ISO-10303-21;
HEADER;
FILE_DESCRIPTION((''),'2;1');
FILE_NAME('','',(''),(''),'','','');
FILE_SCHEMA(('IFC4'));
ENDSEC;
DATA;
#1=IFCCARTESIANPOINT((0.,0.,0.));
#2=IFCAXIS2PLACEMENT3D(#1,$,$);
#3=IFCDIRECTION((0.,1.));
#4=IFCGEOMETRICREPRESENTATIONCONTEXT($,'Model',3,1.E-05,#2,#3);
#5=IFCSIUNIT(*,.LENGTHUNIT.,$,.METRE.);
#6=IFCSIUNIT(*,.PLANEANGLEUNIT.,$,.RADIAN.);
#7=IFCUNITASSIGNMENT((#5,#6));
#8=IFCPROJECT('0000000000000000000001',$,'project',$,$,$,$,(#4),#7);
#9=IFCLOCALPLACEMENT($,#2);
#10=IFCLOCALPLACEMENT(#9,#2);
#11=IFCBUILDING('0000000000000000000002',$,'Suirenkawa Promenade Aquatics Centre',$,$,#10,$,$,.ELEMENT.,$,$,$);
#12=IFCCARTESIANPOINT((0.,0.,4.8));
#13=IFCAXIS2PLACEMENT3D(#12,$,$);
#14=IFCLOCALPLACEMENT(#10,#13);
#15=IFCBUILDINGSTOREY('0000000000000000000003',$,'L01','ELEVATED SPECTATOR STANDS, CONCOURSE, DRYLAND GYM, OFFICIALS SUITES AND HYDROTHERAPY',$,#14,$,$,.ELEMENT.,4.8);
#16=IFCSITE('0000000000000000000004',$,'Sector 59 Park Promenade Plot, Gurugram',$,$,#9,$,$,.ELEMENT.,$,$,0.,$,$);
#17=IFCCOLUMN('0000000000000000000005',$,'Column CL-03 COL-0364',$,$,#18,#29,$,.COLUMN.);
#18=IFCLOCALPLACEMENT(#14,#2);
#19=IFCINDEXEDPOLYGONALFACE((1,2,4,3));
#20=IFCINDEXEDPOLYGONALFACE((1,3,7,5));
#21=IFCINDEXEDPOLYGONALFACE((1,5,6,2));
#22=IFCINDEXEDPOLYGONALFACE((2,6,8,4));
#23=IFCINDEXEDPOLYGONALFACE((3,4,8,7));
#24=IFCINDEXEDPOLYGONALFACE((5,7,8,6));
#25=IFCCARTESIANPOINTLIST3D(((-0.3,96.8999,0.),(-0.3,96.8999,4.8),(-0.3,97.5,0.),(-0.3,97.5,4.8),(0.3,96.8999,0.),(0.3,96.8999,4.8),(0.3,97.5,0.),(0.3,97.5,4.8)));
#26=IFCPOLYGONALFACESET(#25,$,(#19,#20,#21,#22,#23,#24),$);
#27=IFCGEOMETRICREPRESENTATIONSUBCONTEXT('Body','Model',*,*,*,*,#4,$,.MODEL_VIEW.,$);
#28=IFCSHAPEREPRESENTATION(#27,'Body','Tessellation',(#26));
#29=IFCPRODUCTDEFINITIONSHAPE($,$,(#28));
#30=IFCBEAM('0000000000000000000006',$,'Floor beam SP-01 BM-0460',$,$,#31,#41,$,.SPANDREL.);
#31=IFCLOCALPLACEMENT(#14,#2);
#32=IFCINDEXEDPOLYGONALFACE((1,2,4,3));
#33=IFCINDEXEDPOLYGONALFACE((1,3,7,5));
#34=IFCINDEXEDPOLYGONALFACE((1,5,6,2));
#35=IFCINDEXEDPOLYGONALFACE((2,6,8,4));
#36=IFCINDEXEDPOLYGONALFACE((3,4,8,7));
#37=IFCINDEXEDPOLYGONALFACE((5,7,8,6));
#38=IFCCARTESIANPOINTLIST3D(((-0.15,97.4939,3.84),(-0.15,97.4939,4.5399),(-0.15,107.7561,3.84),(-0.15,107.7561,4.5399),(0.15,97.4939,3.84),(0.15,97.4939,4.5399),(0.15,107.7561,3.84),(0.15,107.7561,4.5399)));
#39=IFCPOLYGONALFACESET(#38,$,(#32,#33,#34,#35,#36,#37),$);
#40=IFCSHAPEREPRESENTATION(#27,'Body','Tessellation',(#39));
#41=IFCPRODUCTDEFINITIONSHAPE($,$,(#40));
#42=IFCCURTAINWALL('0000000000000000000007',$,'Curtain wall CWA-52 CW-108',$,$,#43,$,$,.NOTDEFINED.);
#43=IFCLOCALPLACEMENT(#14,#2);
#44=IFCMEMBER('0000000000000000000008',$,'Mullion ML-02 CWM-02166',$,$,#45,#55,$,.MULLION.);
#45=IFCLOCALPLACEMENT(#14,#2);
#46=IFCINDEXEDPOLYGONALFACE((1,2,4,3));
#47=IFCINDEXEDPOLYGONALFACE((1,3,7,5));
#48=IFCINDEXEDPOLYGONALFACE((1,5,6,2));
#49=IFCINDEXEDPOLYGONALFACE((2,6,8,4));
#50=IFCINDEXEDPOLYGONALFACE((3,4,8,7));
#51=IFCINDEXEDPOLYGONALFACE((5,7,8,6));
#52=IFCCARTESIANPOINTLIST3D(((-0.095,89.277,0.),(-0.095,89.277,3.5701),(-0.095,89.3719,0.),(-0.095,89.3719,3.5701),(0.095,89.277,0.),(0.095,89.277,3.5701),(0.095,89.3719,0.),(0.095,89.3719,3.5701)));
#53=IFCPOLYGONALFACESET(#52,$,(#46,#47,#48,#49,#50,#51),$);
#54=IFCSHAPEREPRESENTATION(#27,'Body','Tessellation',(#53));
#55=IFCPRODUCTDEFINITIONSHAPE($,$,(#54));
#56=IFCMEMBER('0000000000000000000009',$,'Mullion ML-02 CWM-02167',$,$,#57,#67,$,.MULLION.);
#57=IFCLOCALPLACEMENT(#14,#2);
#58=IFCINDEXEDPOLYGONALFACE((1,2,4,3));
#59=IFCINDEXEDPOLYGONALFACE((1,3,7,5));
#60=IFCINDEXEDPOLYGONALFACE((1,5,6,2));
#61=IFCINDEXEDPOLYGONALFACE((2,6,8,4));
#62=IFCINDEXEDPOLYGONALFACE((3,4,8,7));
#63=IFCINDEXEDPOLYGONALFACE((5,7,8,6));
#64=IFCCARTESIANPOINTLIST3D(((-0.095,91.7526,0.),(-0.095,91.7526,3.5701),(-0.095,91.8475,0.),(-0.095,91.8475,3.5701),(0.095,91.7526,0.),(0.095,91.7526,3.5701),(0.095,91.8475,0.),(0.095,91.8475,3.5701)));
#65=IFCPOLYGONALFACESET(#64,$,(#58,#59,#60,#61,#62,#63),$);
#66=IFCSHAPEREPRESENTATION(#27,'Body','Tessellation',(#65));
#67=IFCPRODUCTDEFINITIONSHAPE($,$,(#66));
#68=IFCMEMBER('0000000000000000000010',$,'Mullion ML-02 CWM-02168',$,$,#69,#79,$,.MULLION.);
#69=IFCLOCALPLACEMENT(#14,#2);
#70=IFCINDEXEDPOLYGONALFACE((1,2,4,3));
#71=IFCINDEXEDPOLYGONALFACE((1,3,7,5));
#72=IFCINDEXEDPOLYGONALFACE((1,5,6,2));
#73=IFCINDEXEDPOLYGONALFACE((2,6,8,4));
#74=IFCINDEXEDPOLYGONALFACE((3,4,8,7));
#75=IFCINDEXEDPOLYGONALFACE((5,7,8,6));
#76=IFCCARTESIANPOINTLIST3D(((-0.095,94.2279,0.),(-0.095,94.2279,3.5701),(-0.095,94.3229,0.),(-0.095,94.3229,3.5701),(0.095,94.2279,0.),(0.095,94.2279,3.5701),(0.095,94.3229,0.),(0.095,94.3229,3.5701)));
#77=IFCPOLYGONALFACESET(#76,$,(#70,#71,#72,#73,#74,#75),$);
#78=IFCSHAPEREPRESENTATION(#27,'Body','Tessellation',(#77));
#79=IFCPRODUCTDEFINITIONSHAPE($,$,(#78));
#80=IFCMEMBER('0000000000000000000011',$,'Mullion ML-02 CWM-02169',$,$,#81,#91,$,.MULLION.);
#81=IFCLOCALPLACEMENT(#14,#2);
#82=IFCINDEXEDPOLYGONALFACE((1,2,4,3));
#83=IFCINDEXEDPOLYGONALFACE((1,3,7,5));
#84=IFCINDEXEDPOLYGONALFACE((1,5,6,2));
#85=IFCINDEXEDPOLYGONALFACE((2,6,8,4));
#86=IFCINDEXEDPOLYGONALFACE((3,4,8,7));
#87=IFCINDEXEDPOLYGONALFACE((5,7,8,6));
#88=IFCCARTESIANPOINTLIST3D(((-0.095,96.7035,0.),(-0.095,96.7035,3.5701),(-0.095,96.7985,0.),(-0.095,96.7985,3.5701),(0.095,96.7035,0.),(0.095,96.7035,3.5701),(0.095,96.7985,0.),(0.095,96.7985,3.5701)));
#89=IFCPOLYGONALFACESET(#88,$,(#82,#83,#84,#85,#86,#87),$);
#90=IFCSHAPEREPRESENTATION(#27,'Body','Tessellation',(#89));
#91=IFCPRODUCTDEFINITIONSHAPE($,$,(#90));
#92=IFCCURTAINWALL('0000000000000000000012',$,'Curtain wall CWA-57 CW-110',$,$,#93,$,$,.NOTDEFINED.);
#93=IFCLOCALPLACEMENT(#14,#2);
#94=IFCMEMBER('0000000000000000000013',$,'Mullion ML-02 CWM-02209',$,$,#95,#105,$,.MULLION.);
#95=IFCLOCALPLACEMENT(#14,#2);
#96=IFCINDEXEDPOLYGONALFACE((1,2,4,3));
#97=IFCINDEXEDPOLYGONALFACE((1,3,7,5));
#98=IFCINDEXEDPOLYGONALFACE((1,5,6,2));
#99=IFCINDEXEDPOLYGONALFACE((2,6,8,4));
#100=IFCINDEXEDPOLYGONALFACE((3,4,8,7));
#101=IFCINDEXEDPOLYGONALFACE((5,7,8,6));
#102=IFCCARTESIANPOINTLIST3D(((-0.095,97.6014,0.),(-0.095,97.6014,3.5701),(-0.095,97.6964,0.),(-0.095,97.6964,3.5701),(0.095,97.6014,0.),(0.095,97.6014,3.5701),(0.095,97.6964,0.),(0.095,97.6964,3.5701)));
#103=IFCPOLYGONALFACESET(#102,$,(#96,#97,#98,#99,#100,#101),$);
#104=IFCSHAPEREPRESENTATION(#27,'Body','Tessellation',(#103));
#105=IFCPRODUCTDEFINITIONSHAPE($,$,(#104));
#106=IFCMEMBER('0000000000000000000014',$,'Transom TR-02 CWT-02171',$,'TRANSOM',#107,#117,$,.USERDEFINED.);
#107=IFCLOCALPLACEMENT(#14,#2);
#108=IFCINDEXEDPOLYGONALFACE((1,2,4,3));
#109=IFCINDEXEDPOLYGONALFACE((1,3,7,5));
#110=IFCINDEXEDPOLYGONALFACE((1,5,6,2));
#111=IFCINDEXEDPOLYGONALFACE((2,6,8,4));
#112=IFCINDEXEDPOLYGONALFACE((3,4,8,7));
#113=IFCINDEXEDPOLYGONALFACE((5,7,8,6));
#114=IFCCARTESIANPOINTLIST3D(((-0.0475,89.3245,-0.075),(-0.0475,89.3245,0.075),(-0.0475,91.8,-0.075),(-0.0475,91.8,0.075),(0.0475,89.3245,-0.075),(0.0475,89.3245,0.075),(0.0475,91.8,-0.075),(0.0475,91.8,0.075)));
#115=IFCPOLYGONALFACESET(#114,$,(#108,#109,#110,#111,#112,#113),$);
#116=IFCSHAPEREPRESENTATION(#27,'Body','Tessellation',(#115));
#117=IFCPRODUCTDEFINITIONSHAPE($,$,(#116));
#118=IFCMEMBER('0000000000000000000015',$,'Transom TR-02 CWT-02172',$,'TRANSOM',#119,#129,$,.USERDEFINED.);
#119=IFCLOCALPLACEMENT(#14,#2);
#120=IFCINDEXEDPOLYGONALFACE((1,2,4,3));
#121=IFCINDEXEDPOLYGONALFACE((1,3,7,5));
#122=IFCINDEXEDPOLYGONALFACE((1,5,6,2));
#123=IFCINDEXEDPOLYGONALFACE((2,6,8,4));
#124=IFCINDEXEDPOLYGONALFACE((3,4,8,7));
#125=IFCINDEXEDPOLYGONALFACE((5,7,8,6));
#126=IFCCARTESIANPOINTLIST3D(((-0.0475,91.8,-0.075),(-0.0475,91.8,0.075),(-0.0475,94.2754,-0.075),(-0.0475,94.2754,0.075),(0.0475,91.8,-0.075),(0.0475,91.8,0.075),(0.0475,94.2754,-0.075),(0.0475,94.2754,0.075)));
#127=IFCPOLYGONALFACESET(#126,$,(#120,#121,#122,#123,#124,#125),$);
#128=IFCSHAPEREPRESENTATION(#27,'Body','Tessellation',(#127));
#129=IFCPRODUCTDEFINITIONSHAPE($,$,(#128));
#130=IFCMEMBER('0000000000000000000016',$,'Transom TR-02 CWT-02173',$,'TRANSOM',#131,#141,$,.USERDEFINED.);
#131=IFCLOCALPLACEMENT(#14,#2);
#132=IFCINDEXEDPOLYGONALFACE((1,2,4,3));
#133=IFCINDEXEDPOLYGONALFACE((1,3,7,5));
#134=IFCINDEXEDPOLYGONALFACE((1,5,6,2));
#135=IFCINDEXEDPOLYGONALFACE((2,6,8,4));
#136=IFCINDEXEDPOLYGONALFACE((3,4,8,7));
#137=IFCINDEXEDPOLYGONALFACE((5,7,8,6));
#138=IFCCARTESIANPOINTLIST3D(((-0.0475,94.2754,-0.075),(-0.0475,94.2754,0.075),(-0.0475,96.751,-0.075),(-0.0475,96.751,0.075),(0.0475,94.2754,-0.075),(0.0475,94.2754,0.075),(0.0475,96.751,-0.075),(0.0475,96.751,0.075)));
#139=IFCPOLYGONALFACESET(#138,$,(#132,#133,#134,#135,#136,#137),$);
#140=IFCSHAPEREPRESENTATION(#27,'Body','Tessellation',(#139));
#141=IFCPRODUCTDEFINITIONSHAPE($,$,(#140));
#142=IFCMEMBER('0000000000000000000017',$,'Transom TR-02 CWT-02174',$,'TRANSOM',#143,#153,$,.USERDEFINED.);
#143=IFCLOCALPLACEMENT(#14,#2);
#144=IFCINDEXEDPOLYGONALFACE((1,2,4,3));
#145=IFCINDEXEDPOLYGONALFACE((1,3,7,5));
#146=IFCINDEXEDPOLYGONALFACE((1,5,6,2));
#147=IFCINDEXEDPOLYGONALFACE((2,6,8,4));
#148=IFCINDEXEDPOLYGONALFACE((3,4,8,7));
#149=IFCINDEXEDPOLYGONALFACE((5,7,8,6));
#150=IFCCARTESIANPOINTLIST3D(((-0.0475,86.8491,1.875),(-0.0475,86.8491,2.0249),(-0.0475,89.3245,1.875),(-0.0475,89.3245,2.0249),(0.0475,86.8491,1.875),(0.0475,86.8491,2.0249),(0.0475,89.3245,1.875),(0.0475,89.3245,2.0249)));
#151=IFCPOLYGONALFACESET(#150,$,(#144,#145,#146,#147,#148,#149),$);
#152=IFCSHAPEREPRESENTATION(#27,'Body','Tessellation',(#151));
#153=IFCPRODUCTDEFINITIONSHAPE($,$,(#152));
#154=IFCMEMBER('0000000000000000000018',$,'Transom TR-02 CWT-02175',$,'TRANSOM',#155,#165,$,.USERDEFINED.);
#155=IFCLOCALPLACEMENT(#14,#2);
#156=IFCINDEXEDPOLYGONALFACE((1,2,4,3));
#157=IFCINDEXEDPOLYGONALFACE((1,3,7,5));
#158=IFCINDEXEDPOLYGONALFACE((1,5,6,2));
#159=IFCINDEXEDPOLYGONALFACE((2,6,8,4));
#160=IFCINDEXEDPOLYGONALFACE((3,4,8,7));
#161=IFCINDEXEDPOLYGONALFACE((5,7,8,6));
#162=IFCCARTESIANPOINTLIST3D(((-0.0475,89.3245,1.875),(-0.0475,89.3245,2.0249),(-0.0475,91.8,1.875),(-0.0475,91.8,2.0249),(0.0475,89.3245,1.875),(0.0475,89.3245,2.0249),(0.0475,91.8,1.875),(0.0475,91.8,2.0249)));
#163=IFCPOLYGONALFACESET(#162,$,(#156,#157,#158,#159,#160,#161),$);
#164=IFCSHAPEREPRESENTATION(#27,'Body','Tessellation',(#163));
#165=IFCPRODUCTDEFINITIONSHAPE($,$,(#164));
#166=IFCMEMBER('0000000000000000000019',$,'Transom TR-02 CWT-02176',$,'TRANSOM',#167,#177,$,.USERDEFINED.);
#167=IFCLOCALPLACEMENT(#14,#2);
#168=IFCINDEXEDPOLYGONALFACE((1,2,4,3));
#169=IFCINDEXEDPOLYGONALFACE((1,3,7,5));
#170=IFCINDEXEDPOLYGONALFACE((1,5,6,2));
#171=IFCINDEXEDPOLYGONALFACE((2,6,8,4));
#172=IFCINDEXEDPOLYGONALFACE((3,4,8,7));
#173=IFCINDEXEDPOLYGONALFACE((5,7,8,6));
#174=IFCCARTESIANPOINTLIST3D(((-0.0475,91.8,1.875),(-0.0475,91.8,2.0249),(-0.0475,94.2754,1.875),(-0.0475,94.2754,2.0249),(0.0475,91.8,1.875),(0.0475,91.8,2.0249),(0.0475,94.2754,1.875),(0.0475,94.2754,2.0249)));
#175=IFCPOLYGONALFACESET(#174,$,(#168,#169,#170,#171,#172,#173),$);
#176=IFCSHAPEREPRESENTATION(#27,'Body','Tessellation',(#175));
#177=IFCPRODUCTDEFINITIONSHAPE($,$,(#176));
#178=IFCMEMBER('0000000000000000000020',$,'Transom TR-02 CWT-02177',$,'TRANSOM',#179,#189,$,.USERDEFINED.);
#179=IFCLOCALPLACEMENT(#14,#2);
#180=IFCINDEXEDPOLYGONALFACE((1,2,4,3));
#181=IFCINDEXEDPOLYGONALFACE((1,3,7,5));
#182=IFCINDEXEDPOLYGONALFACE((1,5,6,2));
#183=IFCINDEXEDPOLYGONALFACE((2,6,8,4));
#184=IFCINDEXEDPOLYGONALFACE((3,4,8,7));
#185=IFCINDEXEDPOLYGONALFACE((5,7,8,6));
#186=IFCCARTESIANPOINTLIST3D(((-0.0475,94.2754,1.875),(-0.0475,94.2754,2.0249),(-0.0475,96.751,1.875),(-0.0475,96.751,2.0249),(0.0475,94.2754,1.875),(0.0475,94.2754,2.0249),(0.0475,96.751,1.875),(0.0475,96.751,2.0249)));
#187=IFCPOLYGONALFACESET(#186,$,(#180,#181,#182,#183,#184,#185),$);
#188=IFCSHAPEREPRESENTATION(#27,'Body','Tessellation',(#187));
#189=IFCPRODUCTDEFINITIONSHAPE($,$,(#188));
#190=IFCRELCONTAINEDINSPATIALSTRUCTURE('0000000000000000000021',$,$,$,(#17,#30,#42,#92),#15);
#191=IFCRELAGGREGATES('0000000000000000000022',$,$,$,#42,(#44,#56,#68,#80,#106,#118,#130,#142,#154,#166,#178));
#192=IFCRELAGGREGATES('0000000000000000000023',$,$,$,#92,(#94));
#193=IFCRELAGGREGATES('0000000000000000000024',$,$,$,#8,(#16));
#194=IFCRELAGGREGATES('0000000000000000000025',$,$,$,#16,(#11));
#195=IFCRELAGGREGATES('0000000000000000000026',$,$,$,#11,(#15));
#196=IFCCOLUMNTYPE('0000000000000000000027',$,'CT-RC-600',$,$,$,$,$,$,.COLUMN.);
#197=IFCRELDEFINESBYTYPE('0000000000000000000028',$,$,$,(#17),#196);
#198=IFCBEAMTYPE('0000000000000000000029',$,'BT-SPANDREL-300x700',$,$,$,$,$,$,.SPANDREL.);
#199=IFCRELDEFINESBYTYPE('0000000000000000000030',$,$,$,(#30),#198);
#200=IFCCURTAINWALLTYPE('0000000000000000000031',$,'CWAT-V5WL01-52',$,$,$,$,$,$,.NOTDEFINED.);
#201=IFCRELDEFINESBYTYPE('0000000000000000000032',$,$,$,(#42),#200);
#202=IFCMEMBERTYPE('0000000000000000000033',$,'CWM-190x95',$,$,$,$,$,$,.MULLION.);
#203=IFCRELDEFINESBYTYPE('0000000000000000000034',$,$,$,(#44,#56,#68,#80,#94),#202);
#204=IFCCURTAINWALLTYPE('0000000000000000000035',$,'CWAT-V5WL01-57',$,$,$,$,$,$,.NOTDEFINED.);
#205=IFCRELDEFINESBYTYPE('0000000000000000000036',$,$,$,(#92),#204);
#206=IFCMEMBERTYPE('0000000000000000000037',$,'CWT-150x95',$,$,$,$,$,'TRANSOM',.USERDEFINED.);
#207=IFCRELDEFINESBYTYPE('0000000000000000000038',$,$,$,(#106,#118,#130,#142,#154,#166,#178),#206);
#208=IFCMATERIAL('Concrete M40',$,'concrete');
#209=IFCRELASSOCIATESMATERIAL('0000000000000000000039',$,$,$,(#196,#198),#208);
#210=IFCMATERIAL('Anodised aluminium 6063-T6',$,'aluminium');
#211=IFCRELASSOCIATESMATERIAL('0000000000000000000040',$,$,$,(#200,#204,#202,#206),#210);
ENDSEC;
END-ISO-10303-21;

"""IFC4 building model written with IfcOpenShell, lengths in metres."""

from ifc_helpers import new_model, si_unit, direction, frame, origin, origin_2d, place, context, subcontext, project, spatial, rectangle, extrude, material, material_profile, profile_set, type_object, element, aggregate, save


model = new_model("IFC4")

# Units and contexts
model_context = context("Model", 3, precision=1e-05, world=origin(), true_north=direction((0.0, 1.0)))
body_context = subcontext(model_context, "Body", "Model", "MODEL_VIEW")
ifc_project = project(units=[si_unit("LENGTHUNIT", "METRE"), si_unit("PLANEANGLEUNIT", "RADIAN")], contexts=[model_context])

# Site, building, storey
site_placement = place(None, origin())
site = spatial("IfcSite", under=ifc_project, at=site_placement, Name="Sector 59 Park Promenade Plot, Gurugram", CompositionType="ELEMENT", RefElevation=0.0)
building_placement = place(site_placement, origin())
building = spatial("IfcBuilding", under=site, at=building_placement, Name="Suirenkawa Promenade Aquatics Centre", CompositionType="ELEMENT")
storey_placement = place(building_placement, frame((0.0, 0.0, 4.8)))
storey = spatial("IfcBuildingStorey", under=building, at=storey_placement, Name="L01", Description="ELEVATED SPECTATOR STANDS, CONCOURSE, DRYLAND GYM, OFFICIALS SUITES AND HYDROTHERAPY", CompositionType="ELEMENT", Elevation=4.8)

# Column
ifc_material_1 = material(Name="Concrete M40", Category="concrete")
ifc_material_profile_1 = material_profile(ifc_material_1, rectangle(XDim=0.6001, YDim=0.6001, at=origin_2d()), Name="RC COL 600x600", Category="concrete")
ifc_profile_set_1 = profile_set([ifc_material_profile_1], Name="Concrete M40")
column_type = type_object("IfcColumnType", Name="CT-RC-600", PredefinedType="COLUMN", material=ifc_profile_set_1)
column_placement = place(storey_placement, frame((0.0, 97.2, 0.0), z_axis=(0.0, 0.0, 1.0), x_axis=(1.0, 0.0, 0.0)))
element("IfcColumn", 1, at=column_placement, inside=storey, type_object=column_type, Name="Column CL-03 COL-0364", PredefinedType="COLUMN", context=body_context, shape_type="SweptSolid", body=[
    extrude(rectangle(XDim=0.6001, YDim=0.6001, at=origin_2d()), origin(), (0.0, 0.0, 1.0), 4.8),
])

# Beam
ifc_material_profile_2 = material_profile(ifc_material_1, rectangle(XDim=0.3, YDim=0.7, at=origin_2d()), Name="RC SPANDREL 300x700", Category="concrete")
ifc_profile_set_2 = profile_set([ifc_material_profile_2], Name="Concrete M40")
beam_type = type_object("IfcBeamType", Name="BT-SPANDREL-300x700", PredefinedType="SPANDREL", material=ifc_profile_set_2)
beam_placement = place(storey_placement, frame((0.0, 97.4939, 4.1899), z_axis=(0.0, 1.0, 0.0), x_axis=(-1.0, 0.0, 0.0)))
element("IfcBeam", 2, at=beam_placement, inside=storey, type_object=beam_type, Name="Floor beam SP-01 BM-0460", PredefinedType="SPANDREL", context=body_context, shape_type="SweptSolid", body=[
    extrude(rectangle(XDim=0.3, YDim=0.7, at=origin_2d()), origin(), (0.0, 0.0, 1.0), 10.2622),
])

# Curtain wall, members
ifc_material_2 = material(Name="Anodised aluminium 6063-T6", Category="aluminium")
curtain_wall_type_1 = type_object("IfcCurtainWallType", Name="CWAT-V5WL01-52", PredefinedType="NOTDEFINED", material=ifc_material_2)
curtain_wall_1_placement = place(storey_placement, origin())
curtain_wall_1 = element("IfcCurtainWall", 3, at=curtain_wall_1_placement, inside=storey, type_object=curtain_wall_type_1, Name="Curtain wall CWA-52 CW-108", PredefinedType="NOTDEFINED")
ifc_material_profile_3 = material_profile(ifc_material_2, rectangle(XDim=0.095, YDim=0.1899, at=origin_2d()), Name="ALU MULL 95x190", Category="aluminium")
ifc_profile_set_3 = profile_set([ifc_material_profile_3], Name="Anodised aluminium 6063-T6")
member_type_1 = type_object("IfcMemberType", Name="CWM-190x95", PredefinedType="MULLION", material=ifc_profile_set_3)
member_1_placement = place(storey_placement, frame((0.0, 89.3245, 0.0), z_axis=(0.0, 0.0, 1.0), x_axis=(0.0, 1.0, 0.0)))
member_1 = element("IfcMember", 4, at=member_1_placement, type_object=member_type_1, Name="Mullion ML-02 CWM-02166", PredefinedType="MULLION", context=body_context, shape_type="SweptSolid", body=[
    extrude(rectangle(XDim=0.095, YDim=0.1899, at=origin_2d()), origin(), (0.0, 0.0, 1.0), 3.5701),
])
member_2_placement = place(storey_placement, frame((0.0, 91.8, 0.0), z_axis=(0.0, 0.0, 1.0), x_axis=(0.0, 1.0, 0.0)))
member_2 = element("IfcMember", 5, at=member_2_placement, type_object=member_type_1, Name="Mullion ML-02 CWM-02167", PredefinedType="MULLION", context=body_context, shape_type="SweptSolid", body=[
    extrude(rectangle(XDim=0.095, YDim=0.1899, at=origin_2d()), origin(), (0.0, 0.0, 1.0), 3.5701),
])
member_3_placement = place(storey_placement, frame((0.0, 94.2754, 0.0), z_axis=(0.0, 0.0, 1.0), x_axis=(0.0, 1.0, 0.0)))
member_3 = element("IfcMember", 6, at=member_3_placement, type_object=member_type_1, Name="Mullion ML-02 CWM-02168", PredefinedType="MULLION", context=body_context, shape_type="SweptSolid", body=[
    extrude(rectangle(XDim=0.095, YDim=0.1899, at=origin_2d()), origin(), (0.0, 0.0, 1.0), 3.5701),
])
member_4_placement = place(storey_placement, frame((0.0, 96.751, 0.0), z_axis=(0.0, 0.0, 1.0), x_axis=(0.0, 1.0, 0.0)))
member_4 = element("IfcMember", 7, at=member_4_placement, type_object=member_type_1, Name="Mullion ML-02 CWM-02169", PredefinedType="MULLION", context=body_context, shape_type="SweptSolid", body=[
    extrude(rectangle(XDim=0.095, YDim=0.1899, at=origin_2d()), origin(), (0.0, 0.0, 1.0), 3.5701),
])

# Curtain wall, member
curtain_wall_type_2 = type_object("IfcCurtainWallType", Name="CWAT-V5WL01-57", PredefinedType="NOTDEFINED", material=ifc_material_2)
curtain_wall_2_placement = place(storey_placement, origin())
curtain_wall_2 = element("IfcCurtainWall", 8, at=curtain_wall_2_placement, inside=storey, type_object=curtain_wall_type_2, Name="Curtain wall CWA-57 CW-110", PredefinedType="NOTDEFINED")
member_5_placement = place(storey_placement, frame((0.0, 97.6489, 0.0), z_axis=(0.0, 0.0, 1.0), x_axis=(0.0, 1.0, 0.0)))
member_5 = element("IfcMember", 9, at=member_5_placement, type_object=member_type_1, Name="Mullion ML-02 CWM-02209", PredefinedType="MULLION", context=body_context, shape_type="SweptSolid", body=[
    extrude(rectangle(XDim=0.095, YDim=0.1899, at=origin_2d()), origin(), (0.0, 0.0, 1.0), 3.5701),
])

# Members
ifc_material_profile_4 = material_profile(ifc_material_2, rectangle(XDim=0.095, YDim=0.1499, at=origin_2d()), Name="ALU TRAN 95x150", Category="aluminium")
ifc_profile_set_4 = profile_set([ifc_material_profile_4], Name="Anodised aluminium 6063-T6")
member_type_2 = type_object("IfcMemberType", Name="CWT-150x95", ElementType="TRANSOM", PredefinedType="USERDEFINED", material=ifc_profile_set_4)
member_6_placement = place(storey_placement, frame((0.0, 89.3245, 0.0), z_axis=(0.0, 1.0, 0.0), x_axis=(-1.0, 0.0, 0.0)))
member_6 = element("IfcMember", 10, at=member_6_placement, type_object=member_type_2, Name="Transom TR-02 CWT-02171", ObjectType="TRANSOM", PredefinedType="USERDEFINED", context=body_context, shape_type="SweptSolid", body=[
    extrude(rectangle(XDim=0.095, YDim=0.1499, at=origin_2d()), origin(), (0.0, 0.0, 1.0), 2.4756),
])
member_7_placement = place(storey_placement, frame((0.0, 91.8, 0.0), z_axis=(0.0, 1.0, 0.0), x_axis=(-1.0, 0.0, 0.0)))
member_7 = element("IfcMember", 11, at=member_7_placement, type_object=member_type_2, Name="Transom TR-02 CWT-02172", ObjectType="TRANSOM", PredefinedType="USERDEFINED", context=body_context, shape_type="SweptSolid", body=[
    extrude(rectangle(XDim=0.095, YDim=0.1499, at=origin_2d()), origin(), (0.0, 0.0, 1.0), 2.4753),
])
member_8_placement = place(storey_placement, frame((0.0, 94.2754, 0.0), z_axis=(0.0, 1.0, 0.0), x_axis=(-1.0, 0.0, 0.0)))
member_8 = element("IfcMember", 12, at=member_8_placement, type_object=member_type_2, Name="Transom TR-02 CWT-02173", ObjectType="TRANSOM", PredefinedType="USERDEFINED", context=body_context, shape_type="SweptSolid", body=[
    extrude(rectangle(XDim=0.095, YDim=0.1499, at=origin_2d()), origin(), (0.0, 0.0, 1.0), 2.4756),
])
member_9_placement = place(storey_placement, frame((0.0, 86.8491, 1.95), z_axis=(0.0, 1.0, 0.0), x_axis=(-1.0, 0.0, 0.0)))
member_9 = element("IfcMember", 13, at=member_9_placement, type_object=member_type_2, Name="Transom TR-02 CWT-02174", ObjectType="TRANSOM", PredefinedType="USERDEFINED", context=body_context, shape_type="SweptSolid", body=[
    extrude(rectangle(XDim=0.095, YDim=0.1499, at=origin_2d()), origin(), (0.0, 0.0, 1.0), 2.4753),
])
member_10_placement = place(storey_placement, frame((0.0, 89.3245, 1.95), z_axis=(0.0, 1.0, 0.0), x_axis=(-1.0, 0.0, 0.0)))
member_10 = element("IfcMember", 14, at=member_10_placement, type_object=member_type_2, Name="Transom TR-02 CWT-02175", ObjectType="TRANSOM", PredefinedType="USERDEFINED", context=body_context, shape_type="SweptSolid", body=[
    extrude(rectangle(XDim=0.095, YDim=0.1499, at=origin_2d()), origin(), (0.0, 0.0, 1.0), 2.4756),
])
member_11_placement = place(storey_placement, frame((0.0, 91.8, 1.95), z_axis=(0.0, 1.0, 0.0), x_axis=(-1.0, 0.0, 0.0)))
member_11 = element("IfcMember", 15, at=member_11_placement, type_object=member_type_2, Name="Transom TR-02 CWT-02176", ObjectType="TRANSOM", PredefinedType="USERDEFINED", context=body_context, shape_type="SweptSolid", body=[
    extrude(rectangle(XDim=0.095, YDim=0.1499, at=origin_2d()), origin(), (0.0, 0.0, 1.0), 2.4753),
])
member_12_placement = place(storey_placement, frame((0.0, 94.2754, 1.95), z_axis=(0.0, 1.0, 0.0), x_axis=(-1.0, 0.0, 0.0)))
member_12 = element("IfcMember", 16, at=member_12_placement, type_object=member_type_2, Name="Transom TR-02 CWT-02177", ObjectType="TRANSOM", PredefinedType="USERDEFINED", context=body_context, shape_type="SweptSolid", body=[
    extrude(rectangle(XDim=0.095, YDim=0.1499, at=origin_2d()), origin(), (0.0, 0.0, 1.0), 2.4756),
])

aggregate(curtain_wall_1, [member_1, member_2, member_3, member_4, member_6, member_7, member_8, member_9, member_10, member_11, member_12])
aggregate(curtain_wall_2, [member_5])

save(model, "model.ifc")
